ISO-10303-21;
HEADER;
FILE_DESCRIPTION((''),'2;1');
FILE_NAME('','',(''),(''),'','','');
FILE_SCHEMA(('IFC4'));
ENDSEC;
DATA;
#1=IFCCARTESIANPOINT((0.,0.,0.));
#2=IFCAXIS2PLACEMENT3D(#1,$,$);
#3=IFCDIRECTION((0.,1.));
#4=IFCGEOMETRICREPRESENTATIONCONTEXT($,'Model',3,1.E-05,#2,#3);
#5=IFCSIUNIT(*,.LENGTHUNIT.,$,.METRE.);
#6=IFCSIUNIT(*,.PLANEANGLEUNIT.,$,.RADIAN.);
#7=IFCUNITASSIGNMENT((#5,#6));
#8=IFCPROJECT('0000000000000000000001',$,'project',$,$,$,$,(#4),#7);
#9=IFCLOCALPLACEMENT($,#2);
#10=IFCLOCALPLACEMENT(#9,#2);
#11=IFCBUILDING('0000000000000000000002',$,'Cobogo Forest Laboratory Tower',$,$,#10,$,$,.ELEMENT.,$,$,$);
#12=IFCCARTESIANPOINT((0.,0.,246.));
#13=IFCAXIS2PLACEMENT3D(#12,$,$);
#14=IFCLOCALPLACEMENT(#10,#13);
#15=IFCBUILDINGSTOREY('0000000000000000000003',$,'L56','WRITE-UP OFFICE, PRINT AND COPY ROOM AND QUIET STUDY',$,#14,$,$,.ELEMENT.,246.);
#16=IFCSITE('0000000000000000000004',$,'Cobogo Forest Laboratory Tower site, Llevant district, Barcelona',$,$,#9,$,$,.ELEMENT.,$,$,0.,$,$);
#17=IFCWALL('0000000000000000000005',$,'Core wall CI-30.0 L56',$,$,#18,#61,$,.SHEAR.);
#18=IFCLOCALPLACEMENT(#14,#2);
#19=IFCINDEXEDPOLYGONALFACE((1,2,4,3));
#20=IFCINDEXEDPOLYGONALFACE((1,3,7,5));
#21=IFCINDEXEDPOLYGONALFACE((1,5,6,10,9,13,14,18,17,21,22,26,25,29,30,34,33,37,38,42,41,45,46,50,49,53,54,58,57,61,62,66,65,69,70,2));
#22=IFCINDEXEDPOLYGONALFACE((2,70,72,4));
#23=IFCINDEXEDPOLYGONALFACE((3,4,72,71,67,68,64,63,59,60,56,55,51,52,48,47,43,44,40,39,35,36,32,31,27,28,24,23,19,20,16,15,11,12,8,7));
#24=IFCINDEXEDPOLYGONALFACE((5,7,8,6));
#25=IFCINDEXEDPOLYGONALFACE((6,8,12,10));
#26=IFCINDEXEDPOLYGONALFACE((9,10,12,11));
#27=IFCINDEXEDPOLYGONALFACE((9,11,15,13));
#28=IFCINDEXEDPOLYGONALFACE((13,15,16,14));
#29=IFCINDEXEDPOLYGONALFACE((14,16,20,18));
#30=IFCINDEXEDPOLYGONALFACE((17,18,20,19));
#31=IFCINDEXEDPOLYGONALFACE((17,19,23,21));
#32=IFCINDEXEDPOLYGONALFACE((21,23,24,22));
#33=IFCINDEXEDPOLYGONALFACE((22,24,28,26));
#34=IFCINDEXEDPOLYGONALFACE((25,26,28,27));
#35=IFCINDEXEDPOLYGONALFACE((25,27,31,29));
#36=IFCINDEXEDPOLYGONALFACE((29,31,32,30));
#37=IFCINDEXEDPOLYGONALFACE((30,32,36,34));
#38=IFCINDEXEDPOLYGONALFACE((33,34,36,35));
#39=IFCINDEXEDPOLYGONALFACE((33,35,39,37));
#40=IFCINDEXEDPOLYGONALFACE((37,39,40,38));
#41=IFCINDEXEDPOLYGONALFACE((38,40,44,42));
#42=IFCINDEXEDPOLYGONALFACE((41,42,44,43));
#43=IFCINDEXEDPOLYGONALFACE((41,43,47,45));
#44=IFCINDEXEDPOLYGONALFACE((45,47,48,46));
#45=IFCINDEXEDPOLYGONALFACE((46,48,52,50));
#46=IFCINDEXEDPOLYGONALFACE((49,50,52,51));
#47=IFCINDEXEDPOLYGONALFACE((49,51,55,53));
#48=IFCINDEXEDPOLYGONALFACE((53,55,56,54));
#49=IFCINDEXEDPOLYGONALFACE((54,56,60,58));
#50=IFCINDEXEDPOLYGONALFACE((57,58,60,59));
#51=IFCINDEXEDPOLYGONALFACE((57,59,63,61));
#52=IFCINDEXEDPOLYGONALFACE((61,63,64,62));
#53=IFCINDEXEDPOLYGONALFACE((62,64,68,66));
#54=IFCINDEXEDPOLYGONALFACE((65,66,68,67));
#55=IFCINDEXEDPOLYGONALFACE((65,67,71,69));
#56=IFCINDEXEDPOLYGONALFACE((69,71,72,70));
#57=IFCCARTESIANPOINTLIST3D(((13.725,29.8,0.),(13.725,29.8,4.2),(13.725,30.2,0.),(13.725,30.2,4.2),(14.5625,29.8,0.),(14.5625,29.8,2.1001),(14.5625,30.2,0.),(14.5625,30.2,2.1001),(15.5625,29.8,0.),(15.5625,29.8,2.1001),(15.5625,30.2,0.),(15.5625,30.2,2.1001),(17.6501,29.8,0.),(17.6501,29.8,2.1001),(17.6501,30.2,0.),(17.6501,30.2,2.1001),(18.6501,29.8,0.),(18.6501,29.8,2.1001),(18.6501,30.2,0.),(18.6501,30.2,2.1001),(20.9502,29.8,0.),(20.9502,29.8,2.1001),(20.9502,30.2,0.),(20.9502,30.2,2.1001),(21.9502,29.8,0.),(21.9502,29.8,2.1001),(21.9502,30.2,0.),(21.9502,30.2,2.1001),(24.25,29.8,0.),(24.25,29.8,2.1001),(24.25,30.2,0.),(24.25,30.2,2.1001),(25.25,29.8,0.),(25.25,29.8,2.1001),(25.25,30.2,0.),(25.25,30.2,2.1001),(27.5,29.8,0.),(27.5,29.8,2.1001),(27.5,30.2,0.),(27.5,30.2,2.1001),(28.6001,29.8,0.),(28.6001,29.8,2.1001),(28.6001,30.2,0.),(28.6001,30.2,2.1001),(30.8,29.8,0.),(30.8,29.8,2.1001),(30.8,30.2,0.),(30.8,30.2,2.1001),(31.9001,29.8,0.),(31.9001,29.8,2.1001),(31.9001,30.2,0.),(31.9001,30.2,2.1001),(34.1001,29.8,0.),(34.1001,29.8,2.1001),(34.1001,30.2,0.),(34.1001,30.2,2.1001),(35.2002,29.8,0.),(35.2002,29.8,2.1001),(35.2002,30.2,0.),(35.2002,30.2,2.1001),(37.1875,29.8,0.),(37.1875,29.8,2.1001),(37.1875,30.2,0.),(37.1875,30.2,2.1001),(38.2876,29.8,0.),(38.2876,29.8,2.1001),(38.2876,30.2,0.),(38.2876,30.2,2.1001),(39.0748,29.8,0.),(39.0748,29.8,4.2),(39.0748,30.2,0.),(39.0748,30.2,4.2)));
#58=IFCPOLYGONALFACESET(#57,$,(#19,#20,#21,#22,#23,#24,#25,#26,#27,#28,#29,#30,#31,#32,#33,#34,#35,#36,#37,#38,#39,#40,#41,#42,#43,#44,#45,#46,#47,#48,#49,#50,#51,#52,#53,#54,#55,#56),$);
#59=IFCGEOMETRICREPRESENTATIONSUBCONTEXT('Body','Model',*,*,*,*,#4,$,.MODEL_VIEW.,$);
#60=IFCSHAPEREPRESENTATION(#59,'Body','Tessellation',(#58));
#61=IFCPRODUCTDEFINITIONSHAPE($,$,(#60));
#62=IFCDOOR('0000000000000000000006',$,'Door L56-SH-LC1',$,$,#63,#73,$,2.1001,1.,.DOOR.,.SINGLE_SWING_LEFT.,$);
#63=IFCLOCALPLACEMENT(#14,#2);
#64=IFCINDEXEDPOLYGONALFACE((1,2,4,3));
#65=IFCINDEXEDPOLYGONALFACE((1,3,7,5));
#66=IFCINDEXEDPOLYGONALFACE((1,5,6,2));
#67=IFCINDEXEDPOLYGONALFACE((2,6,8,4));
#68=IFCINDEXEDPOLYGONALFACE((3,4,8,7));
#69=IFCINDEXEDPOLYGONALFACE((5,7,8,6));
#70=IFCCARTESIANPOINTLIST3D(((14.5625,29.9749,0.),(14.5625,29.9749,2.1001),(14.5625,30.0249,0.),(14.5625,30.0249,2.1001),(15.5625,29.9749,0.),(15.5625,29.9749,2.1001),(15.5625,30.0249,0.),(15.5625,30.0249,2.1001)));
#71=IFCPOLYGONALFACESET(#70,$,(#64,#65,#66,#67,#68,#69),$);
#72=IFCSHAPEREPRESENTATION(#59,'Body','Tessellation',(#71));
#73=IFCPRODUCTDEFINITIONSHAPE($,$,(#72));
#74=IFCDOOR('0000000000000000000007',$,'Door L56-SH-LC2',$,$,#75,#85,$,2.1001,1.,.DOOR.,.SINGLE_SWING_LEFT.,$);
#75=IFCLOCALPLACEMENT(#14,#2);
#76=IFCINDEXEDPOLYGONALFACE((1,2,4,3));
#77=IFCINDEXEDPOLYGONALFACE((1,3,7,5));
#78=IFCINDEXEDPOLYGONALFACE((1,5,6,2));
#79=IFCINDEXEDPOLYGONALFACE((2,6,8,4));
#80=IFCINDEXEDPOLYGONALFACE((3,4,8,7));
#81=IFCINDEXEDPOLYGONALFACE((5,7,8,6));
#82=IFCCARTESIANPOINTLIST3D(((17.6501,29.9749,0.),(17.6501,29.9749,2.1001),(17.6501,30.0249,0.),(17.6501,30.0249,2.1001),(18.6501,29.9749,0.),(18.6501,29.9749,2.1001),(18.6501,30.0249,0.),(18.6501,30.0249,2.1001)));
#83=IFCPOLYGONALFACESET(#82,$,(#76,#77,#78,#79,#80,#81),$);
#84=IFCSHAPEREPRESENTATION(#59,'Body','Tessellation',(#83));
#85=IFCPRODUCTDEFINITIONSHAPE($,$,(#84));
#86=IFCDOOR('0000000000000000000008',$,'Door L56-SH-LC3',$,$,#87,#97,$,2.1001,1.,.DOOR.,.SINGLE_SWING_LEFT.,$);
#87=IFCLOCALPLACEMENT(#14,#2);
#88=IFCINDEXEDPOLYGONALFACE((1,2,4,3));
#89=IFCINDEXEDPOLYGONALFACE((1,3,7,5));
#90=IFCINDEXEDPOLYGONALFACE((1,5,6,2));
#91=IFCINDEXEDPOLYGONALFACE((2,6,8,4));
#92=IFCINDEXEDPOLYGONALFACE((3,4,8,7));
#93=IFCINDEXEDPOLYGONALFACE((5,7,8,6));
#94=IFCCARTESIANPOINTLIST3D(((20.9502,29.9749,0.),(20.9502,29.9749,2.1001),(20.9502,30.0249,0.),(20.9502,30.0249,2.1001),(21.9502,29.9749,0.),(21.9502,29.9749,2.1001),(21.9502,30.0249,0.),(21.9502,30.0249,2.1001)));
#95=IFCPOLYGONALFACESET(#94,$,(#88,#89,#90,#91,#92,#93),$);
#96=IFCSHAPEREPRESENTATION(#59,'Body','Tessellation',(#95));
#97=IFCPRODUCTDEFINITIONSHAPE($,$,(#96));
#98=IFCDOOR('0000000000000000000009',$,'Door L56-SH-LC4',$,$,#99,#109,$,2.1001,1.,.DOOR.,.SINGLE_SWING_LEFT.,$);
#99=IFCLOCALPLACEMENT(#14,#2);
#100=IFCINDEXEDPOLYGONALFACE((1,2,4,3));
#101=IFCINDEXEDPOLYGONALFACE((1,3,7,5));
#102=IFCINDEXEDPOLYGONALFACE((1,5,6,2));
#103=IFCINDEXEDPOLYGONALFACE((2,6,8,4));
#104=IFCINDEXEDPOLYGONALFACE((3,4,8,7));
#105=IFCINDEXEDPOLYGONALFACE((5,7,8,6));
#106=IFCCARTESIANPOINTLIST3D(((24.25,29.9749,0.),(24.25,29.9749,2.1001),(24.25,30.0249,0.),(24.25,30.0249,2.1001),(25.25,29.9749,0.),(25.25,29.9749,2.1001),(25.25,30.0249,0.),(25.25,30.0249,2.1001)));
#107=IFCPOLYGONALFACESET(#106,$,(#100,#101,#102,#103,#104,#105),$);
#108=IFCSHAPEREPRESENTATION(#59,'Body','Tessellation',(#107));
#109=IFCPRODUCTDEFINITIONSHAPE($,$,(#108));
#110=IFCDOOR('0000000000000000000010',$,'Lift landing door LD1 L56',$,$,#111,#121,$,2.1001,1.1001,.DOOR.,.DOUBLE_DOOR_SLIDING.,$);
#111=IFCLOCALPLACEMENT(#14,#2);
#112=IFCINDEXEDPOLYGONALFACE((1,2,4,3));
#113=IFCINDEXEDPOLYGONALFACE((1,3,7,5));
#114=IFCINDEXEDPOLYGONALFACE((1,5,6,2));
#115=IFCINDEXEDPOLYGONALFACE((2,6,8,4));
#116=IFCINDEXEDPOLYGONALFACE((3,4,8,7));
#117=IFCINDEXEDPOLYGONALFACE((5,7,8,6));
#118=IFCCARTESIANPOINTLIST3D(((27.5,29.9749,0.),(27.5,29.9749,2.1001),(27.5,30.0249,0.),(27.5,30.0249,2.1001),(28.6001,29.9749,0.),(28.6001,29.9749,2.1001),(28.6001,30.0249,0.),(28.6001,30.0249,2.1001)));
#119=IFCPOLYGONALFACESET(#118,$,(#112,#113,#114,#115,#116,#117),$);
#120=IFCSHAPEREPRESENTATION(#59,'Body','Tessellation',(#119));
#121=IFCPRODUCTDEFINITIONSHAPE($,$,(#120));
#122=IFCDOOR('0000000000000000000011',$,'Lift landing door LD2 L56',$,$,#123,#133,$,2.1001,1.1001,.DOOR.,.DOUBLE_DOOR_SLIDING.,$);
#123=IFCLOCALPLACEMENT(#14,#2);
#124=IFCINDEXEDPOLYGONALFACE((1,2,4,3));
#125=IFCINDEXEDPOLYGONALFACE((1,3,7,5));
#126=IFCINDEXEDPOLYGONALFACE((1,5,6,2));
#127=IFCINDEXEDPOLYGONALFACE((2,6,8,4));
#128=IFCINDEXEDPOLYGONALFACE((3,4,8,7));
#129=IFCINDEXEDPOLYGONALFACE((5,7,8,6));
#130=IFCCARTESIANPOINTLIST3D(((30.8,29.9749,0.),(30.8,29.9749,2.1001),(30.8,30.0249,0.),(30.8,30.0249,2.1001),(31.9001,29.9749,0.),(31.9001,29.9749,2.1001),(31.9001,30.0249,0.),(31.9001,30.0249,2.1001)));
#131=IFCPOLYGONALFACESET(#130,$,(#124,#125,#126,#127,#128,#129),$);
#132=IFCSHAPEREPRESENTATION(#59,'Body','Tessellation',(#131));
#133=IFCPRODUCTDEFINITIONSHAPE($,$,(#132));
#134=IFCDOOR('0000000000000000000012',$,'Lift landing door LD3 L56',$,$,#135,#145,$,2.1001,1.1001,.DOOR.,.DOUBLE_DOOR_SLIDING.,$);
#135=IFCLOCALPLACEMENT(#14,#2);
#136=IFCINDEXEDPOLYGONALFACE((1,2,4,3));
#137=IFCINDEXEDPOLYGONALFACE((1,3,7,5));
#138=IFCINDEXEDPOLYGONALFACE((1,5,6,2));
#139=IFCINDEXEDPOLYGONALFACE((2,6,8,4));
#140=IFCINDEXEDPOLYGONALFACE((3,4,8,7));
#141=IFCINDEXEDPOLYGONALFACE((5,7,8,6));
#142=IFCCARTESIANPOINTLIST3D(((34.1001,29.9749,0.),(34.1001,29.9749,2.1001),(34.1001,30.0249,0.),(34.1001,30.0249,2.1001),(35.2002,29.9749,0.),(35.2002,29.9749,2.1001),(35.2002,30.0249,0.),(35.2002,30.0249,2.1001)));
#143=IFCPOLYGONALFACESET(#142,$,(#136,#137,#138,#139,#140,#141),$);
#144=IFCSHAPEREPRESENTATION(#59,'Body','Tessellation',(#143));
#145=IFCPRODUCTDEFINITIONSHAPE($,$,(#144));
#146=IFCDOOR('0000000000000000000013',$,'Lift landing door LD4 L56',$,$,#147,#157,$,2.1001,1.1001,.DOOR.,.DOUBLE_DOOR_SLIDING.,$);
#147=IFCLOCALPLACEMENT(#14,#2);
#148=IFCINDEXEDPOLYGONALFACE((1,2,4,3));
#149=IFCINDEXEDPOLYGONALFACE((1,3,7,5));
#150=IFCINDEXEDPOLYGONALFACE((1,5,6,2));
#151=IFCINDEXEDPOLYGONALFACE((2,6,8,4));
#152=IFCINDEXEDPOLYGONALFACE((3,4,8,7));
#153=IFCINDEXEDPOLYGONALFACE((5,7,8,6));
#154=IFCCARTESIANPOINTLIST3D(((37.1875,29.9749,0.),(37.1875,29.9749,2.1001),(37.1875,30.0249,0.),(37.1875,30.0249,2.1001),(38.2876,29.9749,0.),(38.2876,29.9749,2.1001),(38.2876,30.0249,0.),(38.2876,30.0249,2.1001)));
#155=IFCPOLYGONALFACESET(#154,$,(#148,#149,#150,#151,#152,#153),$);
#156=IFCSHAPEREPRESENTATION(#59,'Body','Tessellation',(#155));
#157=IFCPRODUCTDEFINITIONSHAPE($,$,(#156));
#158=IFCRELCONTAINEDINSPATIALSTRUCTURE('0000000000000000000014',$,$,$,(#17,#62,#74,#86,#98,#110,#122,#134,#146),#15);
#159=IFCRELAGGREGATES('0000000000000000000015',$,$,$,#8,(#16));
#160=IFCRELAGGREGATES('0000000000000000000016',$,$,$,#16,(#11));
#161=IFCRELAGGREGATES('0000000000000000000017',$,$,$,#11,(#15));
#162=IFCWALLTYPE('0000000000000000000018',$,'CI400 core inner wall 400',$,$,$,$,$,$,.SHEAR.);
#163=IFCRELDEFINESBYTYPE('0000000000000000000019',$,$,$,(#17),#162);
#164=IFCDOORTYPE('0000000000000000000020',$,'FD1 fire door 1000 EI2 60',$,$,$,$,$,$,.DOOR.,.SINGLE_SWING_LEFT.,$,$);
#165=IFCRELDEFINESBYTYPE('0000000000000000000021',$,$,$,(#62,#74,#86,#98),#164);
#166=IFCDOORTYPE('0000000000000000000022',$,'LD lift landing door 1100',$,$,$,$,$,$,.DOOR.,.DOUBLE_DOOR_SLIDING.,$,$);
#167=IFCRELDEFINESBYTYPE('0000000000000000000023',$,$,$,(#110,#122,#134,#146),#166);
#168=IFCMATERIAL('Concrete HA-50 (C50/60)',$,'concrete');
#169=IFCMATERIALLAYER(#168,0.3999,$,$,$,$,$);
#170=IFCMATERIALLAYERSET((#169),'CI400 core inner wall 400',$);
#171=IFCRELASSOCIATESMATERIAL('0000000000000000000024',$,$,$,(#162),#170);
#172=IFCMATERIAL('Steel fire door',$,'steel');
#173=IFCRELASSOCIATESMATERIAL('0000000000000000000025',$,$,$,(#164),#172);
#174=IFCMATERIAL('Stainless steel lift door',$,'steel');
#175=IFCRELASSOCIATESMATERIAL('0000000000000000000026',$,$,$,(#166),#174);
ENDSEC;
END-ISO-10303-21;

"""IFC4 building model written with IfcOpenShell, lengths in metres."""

from ifc_helpers import new_model, si_unit, direction, frame, frame_2d, origin, place, context, subcontext, project, spatial, rectangle, extrude, material, layer, layer_set, type_object, element, fill, save


model = new_model("IFC4")

# Units and contexts
model_context = context("Model", 3, precision=1e-05, world=origin(), true_north=direction((0.0, 1.0)))
body_context = subcontext(model_context, "Body", "Model", "MODEL_VIEW")
ifc_project = project(units=[si_unit("LENGTHUNIT", "METRE"), si_unit("PLANEANGLEUNIT", "RADIAN")], contexts=[model_context])

# Site, building, storey
site_placement = place(None, origin())
site = spatial("IfcSite", under=ifc_project, at=site_placement, Name="Cobogo Forest Laboratory Tower site, Llevant district, Barcelona", CompositionType="ELEMENT", RefElevation=0.0)
building_placement = place(site_placement, origin())
building = spatial("IfcBuilding", under=site, at=building_placement, Name="Cobogo Forest Laboratory Tower", CompositionType="ELEMENT")
storey_placement = place(building_placement, frame((0.0, 0.0, 246.0)))
storey = spatial("IfcBuildingStorey", under=building, at=storey_placement, Name="L56", Description="WRITE-UP OFFICE, PRINT AND COPY ROOM AND QUIET STUDY", CompositionType="ELEMENT", Elevation=246.0)

# Wall, openings, doors
ifc_material_1 = material(Name="Concrete HA-50 (C50/60)", Category="concrete")
ifc_layer_1 = layer(ifc_material_1, 0.3999)
ifc_layer_set_1 = layer_set([ifc_layer_1], Name="CI400 core inner wall 400")
wall_type_1 = type_object("IfcWallType", Name="CI400 core inner wall 400", PredefinedType="SHEAR", material=ifc_layer_set_1)
wall_1_placement = place(storey_placement, frame((13.7251, 30.0, 0.0), z_axis=(0.0, 0.0, 1.0), x_axis=(1.0, 0.0, 0.0)))
wall_1 = element("IfcWall", 1, at=wall_1_placement, inside=storey, type_object=wall_type_1, Name="Core wall CI-30.0 L56", PredefinedType="SHEAR", context=body_context, shape_type="SweptSolid", body=[
    extrude(rectangle(XDim=25.3499, YDim=0.3999, at=frame_2d((12.6748, 0.0))), origin(), (0.0, 0.0, 1.0), 4.2),
])
opening_1_placement = place(wall_1_placement, frame((0.8374, 0.0, 0.0)))
opening_1 = element("IfcOpeningElement", 2, at=opening_1_placement, cuts=wall_1, PredefinedType="OPENING", context=body_context, shape_type="SweptSolid", body=[
    extrude(rectangle(XDim=1.0, YDim=2.1001, at=frame_2d((0.5, 1.05))), frame((0.0, 0.21, 0.0), z_axis=(0.0, -1.0, 0.0), x_axis=(1.0, 0.0, 0.0)), (0.0, 0.0, 1.0), 0.4199),
])
opening_2_placement = place(wall_1_placement, frame((3.925, 0.0, 0.0)))
opening_2 = element("IfcOpeningElement", 3, at=opening_2_placement, cuts=wall_1, PredefinedType="OPENING", context=body_context, shape_type="SweptSolid", body=[
    extrude(rectangle(XDim=1.0, YDim=2.1001, at=frame_2d((0.5, 1.05))), frame((0.0, 0.21, 0.0), z_axis=(0.0, -1.0, 0.0), x_axis=(1.0, 0.0, 0.0)), (0.0, 0.0, 1.0), 0.4199),
])
opening_3_placement = place(wall_1_placement, frame((7.2251, 0.0, 0.0)))
opening_3 = element("IfcOpeningElement", 4, at=opening_3_placement, cuts=wall_1, PredefinedType="OPENING", context=body_context, shape_type="SweptSolid", body=[
    extrude(rectangle(XDim=1.0, YDim=2.1001, at=frame_2d((0.5, 1.05))), frame((0.0, 0.21, 0.0), z_axis=(0.0, -1.0, 0.0), x_axis=(1.0, 0.0, 0.0)), (0.0, 0.0, 1.0), 0.4199),
])
opening_4_placement = place(wall_1_placement, frame((10.5249, 0.0, 0.0)))
opening_4 = element("IfcOpeningElement", 5, at=opening_4_placement, cuts=wall_1, PredefinedType="OPENING", context=body_context, shape_type="SweptSolid", body=[
    extrude(rectangle(XDim=1.0, YDim=2.1001, at=frame_2d((0.5, 1.05))), frame((0.0, 0.21, 0.0), z_axis=(0.0, -1.0, 0.0), x_axis=(1.0, 0.0, 0.0)), (0.0, 0.0, 1.0), 0.4199),
])
opening_5_placement = place(wall_1_placement, frame((13.7749, 0.0, 0.0)))
opening_5 = element("IfcOpeningElement", 6, at=opening_5_placement, cuts=wall_1, PredefinedType="OPENING", context=body_context, shape_type="SweptSolid", body=[
    extrude(rectangle(XDim=1.1001, YDim=2.1001, at=frame_2d((0.55, 1.05))), frame((0.0, 0.21, 0.0), z_axis=(0.0, -1.0, 0.0), x_axis=(1.0, 0.0, 0.0)), (0.0, 0.0, 1.0), 0.4199),
])
opening_6_placement = place(wall_1_placement, frame((17.075, 0.0, 0.0)))
opening_6 = element("IfcOpeningElement", 7, at=opening_6_placement, cuts=wall_1, PredefinedType="OPENING", context=body_context, shape_type="SweptSolid", body=[
    extrude(rectangle(XDim=1.1001, YDim=2.1001, at=frame_2d((0.55, 1.05))), frame((0.0, 0.21, 0.0), z_axis=(0.0, -1.0, 0.0), x_axis=(1.0, 0.0, 0.0)), (0.0, 0.0, 1.0), 0.4199),
])
opening_7_placement = place(wall_1_placement, frame((20.375, 0.0, 0.0)))
opening_7 = element("IfcOpeningElement", 8, at=opening_7_placement, cuts=wall_1, PredefinedType="OPENING", context=body_context, shape_type="SweptSolid", body=[
    extrude(rectangle(XDim=1.1001, YDim=2.1001, at=frame_2d((0.55, 1.05))), frame((0.0, 0.21, 0.0), z_axis=(0.0, -1.0, 0.0), x_axis=(1.0, 0.0, 0.0)), (0.0, 0.0, 1.0), 0.4199),
])
opening_8_placement = place(wall_1_placement, frame((23.4624, 0.0, 0.0)))
opening_8 = element("IfcOpeningElement", 9, at=opening_8_placement, cuts=wall_1, PredefinedType="OPENING", context=body_context, shape_type="SweptSolid", body=[
    extrude(rectangle(XDim=1.1001, YDim=2.1001, at=frame_2d((0.55, 1.05))), frame((0.0, 0.21, 0.0), z_axis=(0.0, -1.0, 0.0), x_axis=(1.0, 0.0, 0.0)), (0.0, 0.0, 1.0), 0.4199),
])
ifc_material_2 = material(Name="Steel fire door", Category="steel")
door_type_1 = type_object("IfcDoorType", Name="FD1 fire door 1000 EI2 60", OperationType="SINGLE_SWING_LEFT", PredefinedType="DOOR", material=ifc_material_2)
door_1_placement = place(opening_1_placement, origin())
door_1 = element("IfcDoor", 10, at=door_1_placement, inside=storey, type_object=door_type_1, Name="Door L56-SH-LC1", OperationType="SINGLE_SWING_LEFT", OverallHeight=2.1001, OverallWidth=1.0, PredefinedType="DOOR", context=body_context, shape_type="SweptSolid", body=[
    extrude(rectangle(XDim=1.0, YDim=2.1001, at=frame_2d((0.5, 1.05))), frame((0.0, 0.0249, 0.0), z_axis=(0.0, -1.0, 0.0), x_axis=(1.0, 0.0, 0.0)), (0.0, 0.0, 1.0), 0.05),
])
fill(opening_1, door_1)
door_2_placement = place(opening_2_placement, origin())
door_2 = element("IfcDoor", 11, at=door_2_placement, inside=storey, type_object=door_type_1, Name="Door L56-SH-LC2", OperationType="SINGLE_SWING_LEFT", OverallHeight=2.1001, OverallWidth=1.0, PredefinedType="DOOR", context=body_context, shape_type="SweptSolid", body=[
    extrude(rectangle(XDim=1.0, YDim=2.1001, at=frame_2d((0.5, 1.05))), frame((0.0, 0.0249, 0.0), z_axis=(0.0, -1.0, 0.0), x_axis=(1.0, 0.0, 0.0)), (0.0, 0.0, 1.0), 0.05),
])
fill(opening_2, door_2)
door_3_placement = place(opening_3_placement, origin())
door_3 = element("IfcDoor", 12, at=door_3_placement, inside=storey, type_object=door_type_1, Name="Door L56-SH-LC3", OperationType="SINGLE_SWING_LEFT", OverallHeight=2.1001, OverallWidth=1.0, PredefinedType="DOOR", context=body_context, shape_type="SweptSolid", body=[
    extrude(rectangle(XDim=1.0, YDim=2.1001, at=frame_2d((0.5, 1.05))), frame((0.0, 0.0249, 0.0), z_axis=(0.0, -1.0, 0.0), x_axis=(1.0, 0.0, 0.0)), (0.0, 0.0, 1.0), 0.05),
])
fill(opening_3, door_3)
door_4_placement = place(opening_4_placement, origin())
door_4 = element("IfcDoor", 13, at=door_4_placement, inside=storey, type_object=door_type_1, Name="Door L56-SH-LC4", OperationType="SINGLE_SWING_LEFT", OverallHeight=2.1001, OverallWidth=1.0, PredefinedType="DOOR", context=body_context, shape_type="SweptSolid", body=[
    extrude(rectangle(XDim=1.0, YDim=2.1001, at=frame_2d((0.5, 1.05))), frame((0.0, 0.0249, 0.0), z_axis=(0.0, -1.0, 0.0), x_axis=(1.0, 0.0, 0.0)), (0.0, 0.0, 1.0), 0.05),
])
fill(opening_4, door_4)
ifc_material_3 = material(Name="Stainless steel lift door", Category="steel")
door_type_2 = type_object("IfcDoorType", Name="LD lift landing door 1100", OperationType="DOUBLE_DOOR_SLIDING", PredefinedType="DOOR", material=ifc_material_3)
door_5_placement = place(opening_5_placement, origin())
door_5 = element("IfcDoor", 14, at=door_5_placement, inside=storey, type_object=door_type_2, Name="Lift landing door LD1 L56", OperationType="DOUBLE_DOOR_SLIDING", OverallHeight=2.1001, OverallWidth=1.1001, PredefinedType="DOOR", context=body_context, shape_type="SweptSolid", body=[
    extrude(rectangle(XDim=1.1001, YDim=2.1001, at=frame_2d((0.55, 1.05))), frame((0.0, 0.0249, 0.0), z_axis=(0.0, -1.0, 0.0), x_axis=(1.0, 0.0, 0.0)), (0.0, 0.0, 1.0), 0.05),
])
fill(opening_5, door_5)
door_6_placement = place(opening_6_placement, origin())
door_6 = element("IfcDoor", 15, at=door_6_placement, inside=storey, type_object=door_type_2, Name="Lift landing door LD2 L56", OperationType="DOUBLE_DOOR_SLIDING", OverallHeight=2.1001, OverallWidth=1.1001, PredefinedType="DOOR", context=body_context, shape_type="SweptSolid", body=[
    extrude(rectangle(XDim=1.1001, YDim=2.1001, at=frame_2d((0.55, 1.05))), frame((0.0, 0.0249, 0.0), z_axis=(0.0, -1.0, 0.0), x_axis=(1.0, 0.0, 0.0)), (0.0, 0.0, 1.0), 0.05),
])
fill(opening_6, door_6)
door_7_placement = place(opening_7_placement, origin())
door_7 = element("IfcDoor", 16, at=door_7_placement, inside=storey, type_object=door_type_2, Name="Lift landing door LD3 L56", OperationType="DOUBLE_DOOR_SLIDING", OverallHeight=2.1001, OverallWidth=1.1001, PredefinedType="DOOR", context=body_context, shape_type="SweptSolid", body=[
    extrude(rectangle(XDim=1.1001, YDim=2.1001, at=frame_2d((0.55, 1.05))), frame((0.0, 0.0249, 0.0), z_axis=(0.0, -1.0, 0.0), x_axis=(1.0, 0.0, 0.0)), (0.0, 0.0, 1.0), 0.05),
])
fill(opening_7, door_7)
door_8_placement = place(opening_8_placement, origin())
door_8 = element("IfcDoor", 17, at=door_8_placement, inside=storey, type_object=door_type_2, Name="Lift landing door LD4 L56", OperationType="DOUBLE_DOOR_SLIDING", OverallHeight=2.1001, OverallWidth=1.1001, PredefinedType="DOOR", context=body_context, shape_type="SweptSolid", body=[
    extrude(rectangle(XDim=1.1001, YDim=2.1001, at=frame_2d((0.55, 1.05))), frame((0.0, 0.0249, 0.0), z_axis=(0.0, -1.0, 0.0), x_axis=(1.0, 0.0, 0.0)), (0.0, 0.0, 1.0), 0.05),
])
fill(opening_8, door_8)

save(model, "model.ifc")
